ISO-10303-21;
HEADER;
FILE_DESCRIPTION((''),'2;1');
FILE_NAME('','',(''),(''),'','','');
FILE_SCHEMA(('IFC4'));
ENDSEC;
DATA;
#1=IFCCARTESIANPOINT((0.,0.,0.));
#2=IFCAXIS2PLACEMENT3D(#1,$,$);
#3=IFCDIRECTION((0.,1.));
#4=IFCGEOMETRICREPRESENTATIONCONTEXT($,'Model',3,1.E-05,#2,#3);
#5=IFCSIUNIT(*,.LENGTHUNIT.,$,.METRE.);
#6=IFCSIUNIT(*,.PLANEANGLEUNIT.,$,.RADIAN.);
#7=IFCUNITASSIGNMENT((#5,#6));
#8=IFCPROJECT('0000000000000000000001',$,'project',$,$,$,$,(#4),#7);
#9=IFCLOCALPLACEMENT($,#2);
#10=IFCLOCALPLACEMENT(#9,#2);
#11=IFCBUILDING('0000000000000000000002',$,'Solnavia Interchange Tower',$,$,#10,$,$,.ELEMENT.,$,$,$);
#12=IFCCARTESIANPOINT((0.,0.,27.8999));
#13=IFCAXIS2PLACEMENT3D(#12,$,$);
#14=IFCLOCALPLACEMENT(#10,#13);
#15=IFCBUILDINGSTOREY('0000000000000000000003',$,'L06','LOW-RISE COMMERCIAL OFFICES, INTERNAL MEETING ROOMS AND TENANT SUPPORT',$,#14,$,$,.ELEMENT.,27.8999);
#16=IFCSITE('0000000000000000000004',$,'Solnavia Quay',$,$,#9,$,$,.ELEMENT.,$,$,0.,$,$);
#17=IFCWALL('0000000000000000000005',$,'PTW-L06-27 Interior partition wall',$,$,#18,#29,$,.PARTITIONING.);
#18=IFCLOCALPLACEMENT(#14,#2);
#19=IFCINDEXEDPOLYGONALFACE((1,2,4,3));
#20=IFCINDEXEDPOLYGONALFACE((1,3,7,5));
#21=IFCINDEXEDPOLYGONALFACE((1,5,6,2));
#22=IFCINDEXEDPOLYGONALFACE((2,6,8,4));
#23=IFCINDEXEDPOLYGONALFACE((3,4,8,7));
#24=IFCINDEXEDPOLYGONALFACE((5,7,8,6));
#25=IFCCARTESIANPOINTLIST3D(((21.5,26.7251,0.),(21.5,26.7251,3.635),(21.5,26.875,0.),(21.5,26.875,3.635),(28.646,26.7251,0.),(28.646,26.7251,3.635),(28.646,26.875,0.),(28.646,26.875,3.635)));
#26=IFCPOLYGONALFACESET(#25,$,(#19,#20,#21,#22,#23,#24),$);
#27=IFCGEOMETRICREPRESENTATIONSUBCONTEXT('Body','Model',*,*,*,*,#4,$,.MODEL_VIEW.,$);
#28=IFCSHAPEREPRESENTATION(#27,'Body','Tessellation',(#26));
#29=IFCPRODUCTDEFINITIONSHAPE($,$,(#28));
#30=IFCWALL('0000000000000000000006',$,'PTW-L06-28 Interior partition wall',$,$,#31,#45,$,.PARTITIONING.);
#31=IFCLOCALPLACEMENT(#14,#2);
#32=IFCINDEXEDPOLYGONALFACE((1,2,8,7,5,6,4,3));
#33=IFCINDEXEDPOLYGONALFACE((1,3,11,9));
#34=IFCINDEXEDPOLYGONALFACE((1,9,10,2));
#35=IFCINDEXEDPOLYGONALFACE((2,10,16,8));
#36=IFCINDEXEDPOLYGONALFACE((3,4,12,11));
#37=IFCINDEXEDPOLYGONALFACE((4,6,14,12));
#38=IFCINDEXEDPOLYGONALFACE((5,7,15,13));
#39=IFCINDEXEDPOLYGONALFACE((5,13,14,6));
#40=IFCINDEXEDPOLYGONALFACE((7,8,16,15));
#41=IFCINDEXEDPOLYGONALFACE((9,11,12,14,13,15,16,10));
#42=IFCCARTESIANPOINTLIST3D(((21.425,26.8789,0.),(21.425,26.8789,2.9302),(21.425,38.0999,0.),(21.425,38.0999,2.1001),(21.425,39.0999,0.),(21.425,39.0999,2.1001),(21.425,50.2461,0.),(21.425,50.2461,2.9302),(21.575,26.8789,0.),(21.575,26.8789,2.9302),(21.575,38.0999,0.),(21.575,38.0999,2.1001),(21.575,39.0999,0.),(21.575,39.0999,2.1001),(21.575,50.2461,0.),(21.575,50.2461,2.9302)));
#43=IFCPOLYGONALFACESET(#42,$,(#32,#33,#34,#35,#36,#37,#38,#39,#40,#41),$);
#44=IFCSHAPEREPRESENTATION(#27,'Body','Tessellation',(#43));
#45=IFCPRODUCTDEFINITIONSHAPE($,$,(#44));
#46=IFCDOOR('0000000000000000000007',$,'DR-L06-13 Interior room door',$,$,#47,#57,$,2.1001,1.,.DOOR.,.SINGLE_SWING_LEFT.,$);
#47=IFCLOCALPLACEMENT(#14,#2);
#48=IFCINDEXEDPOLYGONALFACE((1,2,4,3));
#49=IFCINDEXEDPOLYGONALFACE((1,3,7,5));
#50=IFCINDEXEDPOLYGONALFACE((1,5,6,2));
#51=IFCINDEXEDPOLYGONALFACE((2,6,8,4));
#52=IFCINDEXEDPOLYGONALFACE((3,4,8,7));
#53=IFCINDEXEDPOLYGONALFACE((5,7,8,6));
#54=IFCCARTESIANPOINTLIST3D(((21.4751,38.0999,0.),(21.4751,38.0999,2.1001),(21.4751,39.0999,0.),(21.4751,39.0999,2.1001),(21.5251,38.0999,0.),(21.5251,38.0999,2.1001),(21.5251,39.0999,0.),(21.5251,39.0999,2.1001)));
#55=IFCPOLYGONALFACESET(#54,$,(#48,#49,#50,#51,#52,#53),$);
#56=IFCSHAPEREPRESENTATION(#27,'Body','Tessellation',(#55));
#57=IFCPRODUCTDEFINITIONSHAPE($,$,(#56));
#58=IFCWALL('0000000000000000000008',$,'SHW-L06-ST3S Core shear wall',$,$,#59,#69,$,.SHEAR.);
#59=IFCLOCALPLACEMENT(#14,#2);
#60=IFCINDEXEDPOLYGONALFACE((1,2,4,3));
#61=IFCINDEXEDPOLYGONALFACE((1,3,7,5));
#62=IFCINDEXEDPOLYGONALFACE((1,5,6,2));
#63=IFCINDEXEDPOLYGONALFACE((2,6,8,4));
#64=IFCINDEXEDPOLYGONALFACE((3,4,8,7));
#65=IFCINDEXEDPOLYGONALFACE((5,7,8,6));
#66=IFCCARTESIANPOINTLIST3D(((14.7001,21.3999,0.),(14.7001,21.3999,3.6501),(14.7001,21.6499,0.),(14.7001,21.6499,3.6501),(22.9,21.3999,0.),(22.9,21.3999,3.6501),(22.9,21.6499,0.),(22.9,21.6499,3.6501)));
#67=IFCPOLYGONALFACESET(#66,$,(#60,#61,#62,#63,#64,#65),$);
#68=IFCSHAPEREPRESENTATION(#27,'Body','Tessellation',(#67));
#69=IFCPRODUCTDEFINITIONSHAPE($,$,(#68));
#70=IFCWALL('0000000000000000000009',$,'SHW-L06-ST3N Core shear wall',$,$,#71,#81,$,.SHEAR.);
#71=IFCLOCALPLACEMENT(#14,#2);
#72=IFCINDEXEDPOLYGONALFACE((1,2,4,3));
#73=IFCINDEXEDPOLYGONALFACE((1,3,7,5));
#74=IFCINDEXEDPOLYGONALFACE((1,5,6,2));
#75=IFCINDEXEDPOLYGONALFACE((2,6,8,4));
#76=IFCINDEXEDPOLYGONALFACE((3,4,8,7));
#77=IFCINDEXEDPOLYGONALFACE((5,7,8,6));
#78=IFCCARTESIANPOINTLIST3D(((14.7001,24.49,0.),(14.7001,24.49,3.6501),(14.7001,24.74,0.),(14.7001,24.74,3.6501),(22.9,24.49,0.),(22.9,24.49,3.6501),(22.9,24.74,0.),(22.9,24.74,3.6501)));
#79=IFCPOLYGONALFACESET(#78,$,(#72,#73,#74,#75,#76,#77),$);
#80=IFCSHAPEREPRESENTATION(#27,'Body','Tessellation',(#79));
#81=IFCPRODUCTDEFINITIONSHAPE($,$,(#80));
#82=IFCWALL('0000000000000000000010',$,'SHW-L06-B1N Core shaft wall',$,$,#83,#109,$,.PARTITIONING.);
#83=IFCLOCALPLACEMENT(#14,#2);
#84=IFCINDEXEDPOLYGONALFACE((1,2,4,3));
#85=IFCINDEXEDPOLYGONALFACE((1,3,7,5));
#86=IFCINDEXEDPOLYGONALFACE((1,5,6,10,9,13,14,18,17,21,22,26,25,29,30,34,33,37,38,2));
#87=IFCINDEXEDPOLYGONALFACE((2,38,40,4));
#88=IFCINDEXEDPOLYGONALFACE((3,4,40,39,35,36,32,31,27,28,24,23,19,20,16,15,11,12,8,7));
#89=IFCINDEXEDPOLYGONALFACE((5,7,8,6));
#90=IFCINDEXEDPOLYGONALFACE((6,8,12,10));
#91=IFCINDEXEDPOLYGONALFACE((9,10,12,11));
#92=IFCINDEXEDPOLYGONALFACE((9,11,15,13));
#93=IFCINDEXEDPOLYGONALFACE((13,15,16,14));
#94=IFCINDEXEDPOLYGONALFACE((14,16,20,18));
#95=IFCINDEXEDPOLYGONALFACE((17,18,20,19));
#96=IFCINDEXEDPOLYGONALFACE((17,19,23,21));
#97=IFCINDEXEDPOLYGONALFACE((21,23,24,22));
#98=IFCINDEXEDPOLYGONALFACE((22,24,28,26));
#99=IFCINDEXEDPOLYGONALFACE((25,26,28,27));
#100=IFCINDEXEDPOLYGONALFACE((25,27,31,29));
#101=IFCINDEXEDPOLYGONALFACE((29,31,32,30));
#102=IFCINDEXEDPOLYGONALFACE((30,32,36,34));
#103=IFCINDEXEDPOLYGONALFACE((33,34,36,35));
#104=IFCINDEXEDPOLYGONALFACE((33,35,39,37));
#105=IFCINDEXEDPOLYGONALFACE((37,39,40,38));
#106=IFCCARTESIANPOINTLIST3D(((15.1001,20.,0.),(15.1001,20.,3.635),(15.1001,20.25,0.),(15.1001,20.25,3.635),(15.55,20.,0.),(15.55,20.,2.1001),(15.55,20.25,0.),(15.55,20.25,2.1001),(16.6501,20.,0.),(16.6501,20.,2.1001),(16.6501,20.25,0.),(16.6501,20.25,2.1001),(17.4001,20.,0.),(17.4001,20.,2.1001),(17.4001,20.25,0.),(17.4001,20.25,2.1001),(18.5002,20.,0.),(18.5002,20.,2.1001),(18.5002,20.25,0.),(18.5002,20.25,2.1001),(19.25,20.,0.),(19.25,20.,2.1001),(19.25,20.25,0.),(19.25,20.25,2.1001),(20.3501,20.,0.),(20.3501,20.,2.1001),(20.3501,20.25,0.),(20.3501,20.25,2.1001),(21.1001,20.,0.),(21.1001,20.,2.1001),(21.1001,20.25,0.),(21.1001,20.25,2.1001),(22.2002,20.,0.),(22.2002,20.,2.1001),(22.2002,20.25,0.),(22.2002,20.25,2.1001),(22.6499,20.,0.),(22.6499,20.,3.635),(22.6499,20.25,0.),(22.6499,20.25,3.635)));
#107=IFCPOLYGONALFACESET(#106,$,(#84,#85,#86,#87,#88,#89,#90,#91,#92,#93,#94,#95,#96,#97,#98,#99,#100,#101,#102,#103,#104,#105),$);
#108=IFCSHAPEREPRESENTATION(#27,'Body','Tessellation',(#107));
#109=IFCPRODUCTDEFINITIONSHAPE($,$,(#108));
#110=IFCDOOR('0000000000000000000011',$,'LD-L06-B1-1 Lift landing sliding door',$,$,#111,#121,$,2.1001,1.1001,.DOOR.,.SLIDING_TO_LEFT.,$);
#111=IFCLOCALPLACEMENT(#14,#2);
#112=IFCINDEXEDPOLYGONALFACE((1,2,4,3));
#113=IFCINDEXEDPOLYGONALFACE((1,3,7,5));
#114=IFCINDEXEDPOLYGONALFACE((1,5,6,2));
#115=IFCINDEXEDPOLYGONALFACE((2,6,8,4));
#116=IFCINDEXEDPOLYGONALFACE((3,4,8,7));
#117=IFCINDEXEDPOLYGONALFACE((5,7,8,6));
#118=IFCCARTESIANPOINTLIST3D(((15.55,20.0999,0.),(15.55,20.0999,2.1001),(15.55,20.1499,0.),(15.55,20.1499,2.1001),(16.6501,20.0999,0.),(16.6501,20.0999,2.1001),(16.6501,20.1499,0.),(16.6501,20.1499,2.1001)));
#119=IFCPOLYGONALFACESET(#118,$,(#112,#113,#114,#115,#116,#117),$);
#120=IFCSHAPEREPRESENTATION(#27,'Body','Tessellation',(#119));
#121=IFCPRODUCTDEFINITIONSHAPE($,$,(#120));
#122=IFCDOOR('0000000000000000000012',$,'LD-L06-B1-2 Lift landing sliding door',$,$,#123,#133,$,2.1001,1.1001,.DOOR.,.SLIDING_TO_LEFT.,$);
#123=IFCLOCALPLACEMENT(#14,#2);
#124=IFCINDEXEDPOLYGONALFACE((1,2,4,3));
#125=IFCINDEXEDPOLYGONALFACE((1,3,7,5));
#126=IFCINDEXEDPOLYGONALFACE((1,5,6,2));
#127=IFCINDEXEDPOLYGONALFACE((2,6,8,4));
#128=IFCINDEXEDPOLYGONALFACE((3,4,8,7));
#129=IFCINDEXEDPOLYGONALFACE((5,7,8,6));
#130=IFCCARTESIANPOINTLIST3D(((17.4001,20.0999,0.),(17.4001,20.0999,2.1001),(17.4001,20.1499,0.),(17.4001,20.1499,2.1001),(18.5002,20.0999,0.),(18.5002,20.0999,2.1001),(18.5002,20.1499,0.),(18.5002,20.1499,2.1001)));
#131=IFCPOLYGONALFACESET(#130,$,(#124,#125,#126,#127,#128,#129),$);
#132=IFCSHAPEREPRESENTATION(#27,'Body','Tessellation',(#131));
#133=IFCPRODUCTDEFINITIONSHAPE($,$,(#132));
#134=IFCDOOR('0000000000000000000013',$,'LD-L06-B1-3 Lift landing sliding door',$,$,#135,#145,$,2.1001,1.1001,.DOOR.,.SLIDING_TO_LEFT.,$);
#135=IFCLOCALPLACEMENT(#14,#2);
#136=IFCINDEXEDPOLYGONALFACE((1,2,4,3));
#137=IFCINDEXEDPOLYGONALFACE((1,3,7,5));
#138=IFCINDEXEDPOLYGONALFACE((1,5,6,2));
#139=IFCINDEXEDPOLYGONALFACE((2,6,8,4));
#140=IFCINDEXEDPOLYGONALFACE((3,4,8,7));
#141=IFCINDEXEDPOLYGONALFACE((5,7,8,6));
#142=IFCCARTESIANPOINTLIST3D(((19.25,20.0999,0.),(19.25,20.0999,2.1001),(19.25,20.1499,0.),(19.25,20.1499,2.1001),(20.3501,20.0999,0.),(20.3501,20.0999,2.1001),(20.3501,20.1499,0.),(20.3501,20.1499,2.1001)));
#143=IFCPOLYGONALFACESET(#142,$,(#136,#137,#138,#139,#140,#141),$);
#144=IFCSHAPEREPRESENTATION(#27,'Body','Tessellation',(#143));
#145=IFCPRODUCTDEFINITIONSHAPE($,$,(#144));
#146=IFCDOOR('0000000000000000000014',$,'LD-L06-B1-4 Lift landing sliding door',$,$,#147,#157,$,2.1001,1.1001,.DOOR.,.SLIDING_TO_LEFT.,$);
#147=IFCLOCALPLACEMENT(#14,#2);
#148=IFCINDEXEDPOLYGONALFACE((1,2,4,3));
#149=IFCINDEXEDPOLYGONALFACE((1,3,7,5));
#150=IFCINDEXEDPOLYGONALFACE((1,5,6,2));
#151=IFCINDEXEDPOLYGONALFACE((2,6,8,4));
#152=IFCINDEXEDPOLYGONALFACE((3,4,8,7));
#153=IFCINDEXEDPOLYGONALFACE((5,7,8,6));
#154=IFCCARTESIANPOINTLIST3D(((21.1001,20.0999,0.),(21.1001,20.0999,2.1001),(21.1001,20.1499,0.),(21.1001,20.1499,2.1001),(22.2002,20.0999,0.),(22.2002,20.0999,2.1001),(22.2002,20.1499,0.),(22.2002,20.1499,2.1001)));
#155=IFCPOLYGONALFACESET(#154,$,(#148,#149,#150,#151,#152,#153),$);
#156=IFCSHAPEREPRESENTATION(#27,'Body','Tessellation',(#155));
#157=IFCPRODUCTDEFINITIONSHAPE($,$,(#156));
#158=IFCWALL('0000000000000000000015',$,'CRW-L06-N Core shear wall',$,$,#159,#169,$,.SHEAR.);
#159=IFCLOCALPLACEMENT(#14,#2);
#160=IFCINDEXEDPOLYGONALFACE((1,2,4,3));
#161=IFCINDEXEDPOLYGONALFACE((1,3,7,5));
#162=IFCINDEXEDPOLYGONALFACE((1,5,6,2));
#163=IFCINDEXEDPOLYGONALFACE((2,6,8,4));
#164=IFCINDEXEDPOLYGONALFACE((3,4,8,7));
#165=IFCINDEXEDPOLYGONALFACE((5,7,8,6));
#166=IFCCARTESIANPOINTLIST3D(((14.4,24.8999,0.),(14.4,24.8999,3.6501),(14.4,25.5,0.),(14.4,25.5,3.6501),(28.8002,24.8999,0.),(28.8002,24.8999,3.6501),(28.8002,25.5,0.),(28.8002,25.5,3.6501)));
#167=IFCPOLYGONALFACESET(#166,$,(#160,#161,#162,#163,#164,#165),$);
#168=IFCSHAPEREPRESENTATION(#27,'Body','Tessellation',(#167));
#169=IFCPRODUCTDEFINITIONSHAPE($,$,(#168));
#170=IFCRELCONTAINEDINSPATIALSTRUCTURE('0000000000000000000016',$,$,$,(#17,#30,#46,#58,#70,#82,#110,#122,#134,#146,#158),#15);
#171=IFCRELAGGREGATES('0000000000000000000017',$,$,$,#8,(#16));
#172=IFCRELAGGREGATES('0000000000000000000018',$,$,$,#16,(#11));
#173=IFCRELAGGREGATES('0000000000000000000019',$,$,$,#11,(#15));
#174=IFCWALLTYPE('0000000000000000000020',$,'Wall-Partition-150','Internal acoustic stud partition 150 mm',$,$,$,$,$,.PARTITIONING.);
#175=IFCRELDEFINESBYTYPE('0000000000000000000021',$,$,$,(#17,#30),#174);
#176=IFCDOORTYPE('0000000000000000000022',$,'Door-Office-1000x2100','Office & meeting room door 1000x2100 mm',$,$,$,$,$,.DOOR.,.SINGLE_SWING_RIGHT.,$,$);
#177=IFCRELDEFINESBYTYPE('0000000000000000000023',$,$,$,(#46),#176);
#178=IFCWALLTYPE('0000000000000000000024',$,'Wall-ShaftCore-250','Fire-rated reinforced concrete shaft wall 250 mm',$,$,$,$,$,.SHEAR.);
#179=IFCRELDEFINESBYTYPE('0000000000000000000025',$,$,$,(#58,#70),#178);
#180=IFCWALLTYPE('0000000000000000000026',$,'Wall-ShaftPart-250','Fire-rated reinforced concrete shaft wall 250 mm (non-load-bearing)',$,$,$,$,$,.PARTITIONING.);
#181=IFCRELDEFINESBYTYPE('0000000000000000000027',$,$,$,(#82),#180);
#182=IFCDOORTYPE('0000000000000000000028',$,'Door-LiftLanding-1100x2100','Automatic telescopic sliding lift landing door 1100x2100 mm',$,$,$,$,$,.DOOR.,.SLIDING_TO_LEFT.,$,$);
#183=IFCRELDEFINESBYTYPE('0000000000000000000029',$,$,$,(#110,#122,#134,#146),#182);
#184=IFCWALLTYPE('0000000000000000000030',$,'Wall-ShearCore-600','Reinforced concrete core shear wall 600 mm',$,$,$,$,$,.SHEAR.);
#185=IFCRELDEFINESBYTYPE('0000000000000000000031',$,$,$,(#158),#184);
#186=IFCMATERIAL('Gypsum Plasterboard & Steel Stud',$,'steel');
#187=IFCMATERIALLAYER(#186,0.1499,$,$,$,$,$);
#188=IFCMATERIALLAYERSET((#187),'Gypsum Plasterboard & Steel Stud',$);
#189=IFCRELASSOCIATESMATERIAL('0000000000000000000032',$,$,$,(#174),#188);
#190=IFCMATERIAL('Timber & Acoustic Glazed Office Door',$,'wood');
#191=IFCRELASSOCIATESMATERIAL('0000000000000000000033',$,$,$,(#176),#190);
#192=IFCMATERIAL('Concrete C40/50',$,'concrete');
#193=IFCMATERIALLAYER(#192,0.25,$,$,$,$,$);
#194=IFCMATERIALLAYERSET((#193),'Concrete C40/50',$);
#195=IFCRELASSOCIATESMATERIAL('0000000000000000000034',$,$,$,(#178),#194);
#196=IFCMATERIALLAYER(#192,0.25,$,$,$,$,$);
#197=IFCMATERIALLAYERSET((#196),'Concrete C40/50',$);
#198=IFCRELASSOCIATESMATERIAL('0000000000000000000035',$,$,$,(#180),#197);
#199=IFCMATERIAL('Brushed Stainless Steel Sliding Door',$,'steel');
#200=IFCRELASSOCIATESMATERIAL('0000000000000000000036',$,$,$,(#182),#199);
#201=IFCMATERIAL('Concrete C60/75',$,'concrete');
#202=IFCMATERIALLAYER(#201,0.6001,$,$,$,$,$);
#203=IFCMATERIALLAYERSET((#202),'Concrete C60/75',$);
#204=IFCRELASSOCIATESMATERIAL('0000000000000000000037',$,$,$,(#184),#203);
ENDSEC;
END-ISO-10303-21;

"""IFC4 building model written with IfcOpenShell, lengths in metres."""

from ifc_helpers import new_model, si_unit, direction, frame, frame_2d, origin, place, context, subcontext, project, spatial, rectangle, extrude, material, layer, layer_set, type_object, element, fill, save


model = new_model("IFC4")

# Units and contexts
model_context = context("Model", 3, precision=1e-05, world=origin(), true_north=direction((0.0, 1.0)))
body_context = subcontext(model_context, "Body", "Model", "MODEL_VIEW")
ifc_project = project(units=[si_unit("LENGTHUNIT", "METRE"), si_unit("PLANEANGLEUNIT", "RADIAN")], contexts=[model_context])

# Site, building, storey
site_placement = place(None, origin())
site = spatial("IfcSite", under=ifc_project, at=site_placement, Name="Solnavia Quay", CompositionType="ELEMENT", RefElevation=0.0)
building_placement = place(site_placement, origin())
building = spatial("IfcBuilding", under=site, at=building_placement, Name="Solnavia Interchange Tower", CompositionType="ELEMENT")
storey_placement = place(building_placement, frame((0.0, 0.0, 27.8999)))
storey = spatial("IfcBuildingStorey", under=building, at=storey_placement, Name="L06", Description="LOW-RISE COMMERCIAL OFFICES, INTERNAL MEETING ROOMS AND TENANT SUPPORT", CompositionType="ELEMENT", Elevation=27.8999)

# Shared definitions
ifc_material_1 = material(Name="Gypsum Plasterboard & Steel Stud", Category="steel")
ifc_layer_1 = layer(ifc_material_1, 0.1499)
ifc_layer_set_1 = layer_set([ifc_layer_1], Name="Gypsum Plasterboard & Steel Stud")
wall_type_1 = type_object("IfcWallType", Name="Wall-Partition-150", Description="Internal acoustic stud partition 150 mm", PredefinedType="PARTITIONING", material=ifc_layer_set_1)

# Shared definitions
ifc_material_2 = material(Name="Timber & Acoustic Glazed Office Door", Category="wood")
door_type_1 = type_object("IfcDoorType", Name="Door-Office-1000x2100", Description="Office & meeting room door 1000x2100 mm", OperationType="SINGLE_SWING_RIGHT", PredefinedType="DOOR", material=ifc_material_2)

# Wall
wall_1_placement = place(storey_placement, frame((21.5, 26.8, 0.0), z_axis=(0.0, 0.0, 1.0), x_axis=(1.0, 0.0, 0.0)))
element("IfcWall", 1, at=wall_1_placement, inside=storey, type_object=wall_type_1, Name="PTW-L06-27 Interior partition wall", PredefinedType="PARTITIONING", context=body_context, shape_type="SweptSolid", body=[
    extrude(rectangle(XDim=7.146, YDim=0.1499, at=frame_2d((3.573, 0.0))), origin(), (0.0, 0.0, 1.0), 3.635),
])

# Wall, opening, door
wall_2_placement = place(storey_placement, frame((21.5, 26.8789, 0.0), z_axis=(0.0, 0.0, 1.0), x_axis=(0.0, 1.0, 0.0)))
wall_2 = element("IfcWall", 2, at=wall_2_placement, inside=storey, type_object=wall_type_1, Name="PTW-L06-28 Interior partition wall", PredefinedType="PARTITIONING", context=body_context, shape_type="SweptSolid", body=[
    extrude(rectangle(XDim=23.3672, YDim=0.1499, at=frame_2d((11.6836, 0.0))), origin(), (0.0, 0.0, 1.0), 2.9302),
])
opening_1_placement = place(wall_2_placement, frame((11.2209, 0.0, 0.0)))
opening_1 = element("IfcOpeningElement", 3, at=opening_1_placement, cuts=wall_2, PredefinedType="OPENING", context=body_context, shape_type="SweptSolid", body=[
    extrude(rectangle(XDim=1.0, YDim=2.1001, at=frame_2d((0.5, 1.05))), frame((0.0, 0.085, 0.0), z_axis=(0.0, -1.0, 0.0), x_axis=(1.0, 0.0, 0.0)), (0.0, 0.0, 1.0), 0.1699),
])
door_1_placement = place(opening_1_placement, origin())
door_1 = element("IfcDoor", 4, at=door_1_placement, inside=storey, type_object=door_type_1, Name="DR-L06-13 Interior room door", OperationType="SINGLE_SWING_LEFT", OverallHeight=2.1001, OverallWidth=1.0, PredefinedType="DOOR", context=body_context, shape_type="SweptSolid", body=[
    extrude(rectangle(XDim=1.0, YDim=2.1001, at=frame_2d((0.5, 1.05))), frame((0.0, 0.0249, 0.0), z_axis=(0.0, -1.0, 0.0), x_axis=(1.0, 0.0, 0.0)), (0.0, 0.0, 1.0), 0.05),
])
fill(opening_1, door_1)

# Walls
ifc_material_3 = material(Name="Concrete C40/50", Category="concrete")
ifc_layer_2 = layer(ifc_material_3, 0.25)
ifc_layer_set_2 = layer_set([ifc_layer_2], Name="Concrete C40/50")
wall_type_2 = type_object("IfcWallType", Name="Wall-ShaftCore-250", Description="Fire-rated reinforced concrete shaft wall 250 mm", PredefinedType="SHEAR", material=ifc_layer_set_2)
for number, where, z_axis, x_axis, name in (
    (5, (14.7, 21.5249, 0.0), (0.0, 0.0, 1.0), (1.0, 0.0, 0.0), "SHW-L06-ST3S Core shear wall"),
    (6, (14.7, 24.615, 0.0), (0.0, 0.0, 1.0), (1.0, 0.0, 0.0), "SHW-L06-ST3N Core shear wall"),
):
    element("IfcWall", number, at=place(storey_placement, frame(where, z_axis=z_axis, x_axis=x_axis)), inside=storey, type_object=wall_type_2, Name=name, PredefinedType="SHEAR", context=body_context, shape_type="SweptSolid", body=[
        extrude(rectangle(XDim=8.2, YDim=0.25, at=frame_2d((4.1001, 0.0))), origin(), (0.0, 0.0, 1.0), 3.6501),
    ])

# Wall, openings, doors
ifc_layer_3 = layer(ifc_material_3, 0.25)
ifc_layer_set_3 = layer_set([ifc_layer_3], Name="Concrete C40/50")
wall_type_3 = type_object("IfcWallType", Name="Wall-ShaftPart-250", Description="Fire-rated reinforced concrete shaft wall 250 mm (non-load-bearing)", PredefinedType="PARTITIONING", material=ifc_layer_set_3)
wall_3_placement = place(storey_placement, frame((15.1001, 20.125, 0.0), z_axis=(0.0, 0.0, 1.0), x_axis=(1.0, 0.0, 0.0)))
wall_3 = element("IfcWall", 7, at=wall_3_placement, inside=storey, type_object=wall_type_3, Name="SHW-L06-B1N Core shaft wall", PredefinedType="PARTITIONING", context=body_context, shape_type="SweptSolid", body=[
    extrude(rectangle(XDim=7.5498, YDim=0.25, at=frame_2d((3.7749, 0.0))), origin(), (0.0, 0.0, 1.0), 3.635),
])
opening_2_placement = place(wall_3_placement, frame((0.45, 0.0, 0.0)))
opening_2 = element("IfcOpeningElement", 8, at=opening_2_placement, cuts=wall_3, PredefinedType="OPENING", context=body_context, shape_type="SweptSolid", body=[
    extrude(rectangle(XDim=1.1001, YDim=2.1001, at=frame_2d((0.55, 1.05))), frame((0.0, 0.135, 0.0), z_axis=(0.0, -1.0, 0.0), x_axis=(1.0, 0.0, 0.0)), (0.0, 0.0, 1.0), 0.27),
])
opening_3_placement = place(wall_3_placement, frame((2.3, 0.0, 0.0)))
opening_3 = element("IfcOpeningElement", 9, at=opening_3_placement, cuts=wall_3, PredefinedType="OPENING", context=body_context, shape_type="SweptSolid", body=[
    extrude(rectangle(XDim=1.1001, YDim=2.1001, at=frame_2d((0.55, 1.05))), frame((0.0, 0.135, 0.0), z_axis=(0.0, -1.0, 0.0), x_axis=(1.0, 0.0, 0.0)), (0.0, 0.0, 1.0), 0.27),
])
opening_4_placement = place(wall_3_placement, frame((4.1499, 0.0, 0.0)))
opening_4 = element("IfcOpeningElement", 10, at=opening_4_placement, cuts=wall_3, PredefinedType="OPENING", context=body_context, shape_type="SweptSolid", body=[
    extrude(rectangle(XDim=1.1001, YDim=2.1001, at=frame_2d((0.55, 1.05))), frame((0.0, 0.135, 0.0), z_axis=(0.0, -1.0, 0.0), x_axis=(1.0, 0.0, 0.0)), (0.0, 0.0, 1.0), 0.27),
])
opening_5_placement = place(wall_3_placement, frame((6.0, 0.0, 0.0)))
opening_5 = element("IfcOpeningElement", 11, at=opening_5_placement, cuts=wall_3, PredefinedType="OPENING", context=body_context, shape_type="SweptSolid", body=[
    extrude(rectangle(XDim=1.1001, YDim=2.1001, at=frame_2d((0.55, 1.05))), frame((0.0, 0.135, 0.0), z_axis=(0.0, -1.0, 0.0), x_axis=(1.0, 0.0, 0.0)), (0.0, 0.0, 1.0), 0.27),
])
ifc_material_4 = material(Name="Brushed Stainless Steel Sliding Door", Category="steel")
door_type_2 = type_object("IfcDoorType", Name="Door-LiftLanding-1100x2100", Description="Automatic telescopic sliding lift landing door 1100x2100 mm", OperationType="SLIDING_TO_LEFT", PredefinedType="DOOR", material=ifc_material_4)
door_2_placement = place(opening_2_placement, origin())
door_2 = element("IfcDoor", 12, at=door_2_placement, inside=storey, type_object=door_type_2, Name="LD-L06-B1-1 Lift landing sliding door", OperationType="SLIDING_TO_LEFT", OverallHeight=2.1001, OverallWidth=1.1001, PredefinedType="DOOR", context=body_context, shape_type="SweptSolid", body=[
    extrude(rectangle(XDim=1.1001, YDim=2.1001, at=frame_2d((0.55, 1.05))), frame((0.0, 0.0249, 0.0), z_axis=(0.0, -1.0, 0.0), x_axis=(1.0, 0.0, 0.0)), (0.0, 0.0, 1.0), 0.05),
])
fill(opening_2, door_2)
door_3_placement = place(opening_3_placement, origin())
door_3 = element("IfcDoor", 13, at=door_3_placement, inside=storey, type_object=door_type_2, Name="LD-L06-B1-2 Lift landing sliding door", OperationType="SLIDING_TO_LEFT", OverallHeight=2.1001, OverallWidth=1.1001, PredefinedType="DOOR", context=body_context, shape_type="SweptSolid", body=[
    extrude(rectangle(XDim=1.1001, YDim=2.1001, at=frame_2d((0.55, 1.05))), frame((0.0, 0.0249, 0.0), z_axis=(0.0, -1.0, 0.0), x_axis=(1.0, 0.0, 0.0)), (0.0, 0.0, 1.0), 0.05),
])
fill(opening_3, door_3)
door_4_placement = place(opening_4_placement, origin())
door_4 = element("IfcDoor", 14, at=door_4_placement, inside=storey, type_object=door_type_2, Name="LD-L06-B1-3 Lift landing sliding door", OperationType="SLIDING_TO_LEFT", OverallHeight=2.1001, OverallWidth=1.1001, PredefinedType="DOOR", context=body_context, shape_type="SweptSolid", body=[
    extrude(rectangle(XDim=1.1001, YDim=2.1001, at=frame_2d((0.55, 1.05))), frame((0.0, 0.0249, 0.0), z_axis=(0.0, -1.0, 0.0), x_axis=(1.0, 0.0, 0.0)), (0.0, 0.0, 1.0), 0.05),
])
fill(opening_4, door_4)
door_5_placement = place(opening_5_placement, origin())
door_5 = element("IfcDoor", 15, at=door_5_placement, inside=storey, type_object=door_type_2, Name="LD-L06-B1-4 Lift landing sliding door", OperationType="SLIDING_TO_LEFT", OverallHeight=2.1001, OverallWidth=1.1001, PredefinedType="DOOR", context=body_context, shape_type="SweptSolid", body=[
    extrude(rectangle(XDim=1.1001, YDim=2.1001, at=frame_2d((0.55, 1.05))), frame((0.0, 0.0249, 0.0), z_axis=(0.0, -1.0, 0.0), x_axis=(1.0, 0.0, 0.0)), (0.0, 0.0, 1.0), 0.05),
])
fill(opening_5, door_5)

# Wall
ifc_material_5 = material(Name="Concrete C60/75", Category="concrete")
ifc_layer_4 = layer(ifc_material_5, 0.6001)
ifc_layer_set_4 = layer_set([ifc_layer_4], Name="Concrete C60/75")
wall_type_4 = type_object("IfcWallType", Name="Wall-ShearCore-600", Description="Reinforced concrete core shear wall 600 mm", PredefinedType="SHEAR", material=ifc_layer_set_4)
wall_4_placement = place(storey_placement, frame((14.3999, 25.2, 0.0), z_axis=(0.0, 0.0, 1.0), x_axis=(1.0, 0.0, 0.0)))
element("IfcWall", 16, at=wall_4_placement, inside=storey, type_object=wall_type_4, Name="CRW-L06-N Core shear wall", PredefinedType="SHEAR", context=body_context, shape_type="SweptSolid", body=[
    extrude(rectangle(XDim=14.4001, YDim=0.6001, at=frame_2d((7.2002, 0.0))), origin(), (0.0, 0.0, 1.0), 3.6501),
])

save(model, "model.ifc")
